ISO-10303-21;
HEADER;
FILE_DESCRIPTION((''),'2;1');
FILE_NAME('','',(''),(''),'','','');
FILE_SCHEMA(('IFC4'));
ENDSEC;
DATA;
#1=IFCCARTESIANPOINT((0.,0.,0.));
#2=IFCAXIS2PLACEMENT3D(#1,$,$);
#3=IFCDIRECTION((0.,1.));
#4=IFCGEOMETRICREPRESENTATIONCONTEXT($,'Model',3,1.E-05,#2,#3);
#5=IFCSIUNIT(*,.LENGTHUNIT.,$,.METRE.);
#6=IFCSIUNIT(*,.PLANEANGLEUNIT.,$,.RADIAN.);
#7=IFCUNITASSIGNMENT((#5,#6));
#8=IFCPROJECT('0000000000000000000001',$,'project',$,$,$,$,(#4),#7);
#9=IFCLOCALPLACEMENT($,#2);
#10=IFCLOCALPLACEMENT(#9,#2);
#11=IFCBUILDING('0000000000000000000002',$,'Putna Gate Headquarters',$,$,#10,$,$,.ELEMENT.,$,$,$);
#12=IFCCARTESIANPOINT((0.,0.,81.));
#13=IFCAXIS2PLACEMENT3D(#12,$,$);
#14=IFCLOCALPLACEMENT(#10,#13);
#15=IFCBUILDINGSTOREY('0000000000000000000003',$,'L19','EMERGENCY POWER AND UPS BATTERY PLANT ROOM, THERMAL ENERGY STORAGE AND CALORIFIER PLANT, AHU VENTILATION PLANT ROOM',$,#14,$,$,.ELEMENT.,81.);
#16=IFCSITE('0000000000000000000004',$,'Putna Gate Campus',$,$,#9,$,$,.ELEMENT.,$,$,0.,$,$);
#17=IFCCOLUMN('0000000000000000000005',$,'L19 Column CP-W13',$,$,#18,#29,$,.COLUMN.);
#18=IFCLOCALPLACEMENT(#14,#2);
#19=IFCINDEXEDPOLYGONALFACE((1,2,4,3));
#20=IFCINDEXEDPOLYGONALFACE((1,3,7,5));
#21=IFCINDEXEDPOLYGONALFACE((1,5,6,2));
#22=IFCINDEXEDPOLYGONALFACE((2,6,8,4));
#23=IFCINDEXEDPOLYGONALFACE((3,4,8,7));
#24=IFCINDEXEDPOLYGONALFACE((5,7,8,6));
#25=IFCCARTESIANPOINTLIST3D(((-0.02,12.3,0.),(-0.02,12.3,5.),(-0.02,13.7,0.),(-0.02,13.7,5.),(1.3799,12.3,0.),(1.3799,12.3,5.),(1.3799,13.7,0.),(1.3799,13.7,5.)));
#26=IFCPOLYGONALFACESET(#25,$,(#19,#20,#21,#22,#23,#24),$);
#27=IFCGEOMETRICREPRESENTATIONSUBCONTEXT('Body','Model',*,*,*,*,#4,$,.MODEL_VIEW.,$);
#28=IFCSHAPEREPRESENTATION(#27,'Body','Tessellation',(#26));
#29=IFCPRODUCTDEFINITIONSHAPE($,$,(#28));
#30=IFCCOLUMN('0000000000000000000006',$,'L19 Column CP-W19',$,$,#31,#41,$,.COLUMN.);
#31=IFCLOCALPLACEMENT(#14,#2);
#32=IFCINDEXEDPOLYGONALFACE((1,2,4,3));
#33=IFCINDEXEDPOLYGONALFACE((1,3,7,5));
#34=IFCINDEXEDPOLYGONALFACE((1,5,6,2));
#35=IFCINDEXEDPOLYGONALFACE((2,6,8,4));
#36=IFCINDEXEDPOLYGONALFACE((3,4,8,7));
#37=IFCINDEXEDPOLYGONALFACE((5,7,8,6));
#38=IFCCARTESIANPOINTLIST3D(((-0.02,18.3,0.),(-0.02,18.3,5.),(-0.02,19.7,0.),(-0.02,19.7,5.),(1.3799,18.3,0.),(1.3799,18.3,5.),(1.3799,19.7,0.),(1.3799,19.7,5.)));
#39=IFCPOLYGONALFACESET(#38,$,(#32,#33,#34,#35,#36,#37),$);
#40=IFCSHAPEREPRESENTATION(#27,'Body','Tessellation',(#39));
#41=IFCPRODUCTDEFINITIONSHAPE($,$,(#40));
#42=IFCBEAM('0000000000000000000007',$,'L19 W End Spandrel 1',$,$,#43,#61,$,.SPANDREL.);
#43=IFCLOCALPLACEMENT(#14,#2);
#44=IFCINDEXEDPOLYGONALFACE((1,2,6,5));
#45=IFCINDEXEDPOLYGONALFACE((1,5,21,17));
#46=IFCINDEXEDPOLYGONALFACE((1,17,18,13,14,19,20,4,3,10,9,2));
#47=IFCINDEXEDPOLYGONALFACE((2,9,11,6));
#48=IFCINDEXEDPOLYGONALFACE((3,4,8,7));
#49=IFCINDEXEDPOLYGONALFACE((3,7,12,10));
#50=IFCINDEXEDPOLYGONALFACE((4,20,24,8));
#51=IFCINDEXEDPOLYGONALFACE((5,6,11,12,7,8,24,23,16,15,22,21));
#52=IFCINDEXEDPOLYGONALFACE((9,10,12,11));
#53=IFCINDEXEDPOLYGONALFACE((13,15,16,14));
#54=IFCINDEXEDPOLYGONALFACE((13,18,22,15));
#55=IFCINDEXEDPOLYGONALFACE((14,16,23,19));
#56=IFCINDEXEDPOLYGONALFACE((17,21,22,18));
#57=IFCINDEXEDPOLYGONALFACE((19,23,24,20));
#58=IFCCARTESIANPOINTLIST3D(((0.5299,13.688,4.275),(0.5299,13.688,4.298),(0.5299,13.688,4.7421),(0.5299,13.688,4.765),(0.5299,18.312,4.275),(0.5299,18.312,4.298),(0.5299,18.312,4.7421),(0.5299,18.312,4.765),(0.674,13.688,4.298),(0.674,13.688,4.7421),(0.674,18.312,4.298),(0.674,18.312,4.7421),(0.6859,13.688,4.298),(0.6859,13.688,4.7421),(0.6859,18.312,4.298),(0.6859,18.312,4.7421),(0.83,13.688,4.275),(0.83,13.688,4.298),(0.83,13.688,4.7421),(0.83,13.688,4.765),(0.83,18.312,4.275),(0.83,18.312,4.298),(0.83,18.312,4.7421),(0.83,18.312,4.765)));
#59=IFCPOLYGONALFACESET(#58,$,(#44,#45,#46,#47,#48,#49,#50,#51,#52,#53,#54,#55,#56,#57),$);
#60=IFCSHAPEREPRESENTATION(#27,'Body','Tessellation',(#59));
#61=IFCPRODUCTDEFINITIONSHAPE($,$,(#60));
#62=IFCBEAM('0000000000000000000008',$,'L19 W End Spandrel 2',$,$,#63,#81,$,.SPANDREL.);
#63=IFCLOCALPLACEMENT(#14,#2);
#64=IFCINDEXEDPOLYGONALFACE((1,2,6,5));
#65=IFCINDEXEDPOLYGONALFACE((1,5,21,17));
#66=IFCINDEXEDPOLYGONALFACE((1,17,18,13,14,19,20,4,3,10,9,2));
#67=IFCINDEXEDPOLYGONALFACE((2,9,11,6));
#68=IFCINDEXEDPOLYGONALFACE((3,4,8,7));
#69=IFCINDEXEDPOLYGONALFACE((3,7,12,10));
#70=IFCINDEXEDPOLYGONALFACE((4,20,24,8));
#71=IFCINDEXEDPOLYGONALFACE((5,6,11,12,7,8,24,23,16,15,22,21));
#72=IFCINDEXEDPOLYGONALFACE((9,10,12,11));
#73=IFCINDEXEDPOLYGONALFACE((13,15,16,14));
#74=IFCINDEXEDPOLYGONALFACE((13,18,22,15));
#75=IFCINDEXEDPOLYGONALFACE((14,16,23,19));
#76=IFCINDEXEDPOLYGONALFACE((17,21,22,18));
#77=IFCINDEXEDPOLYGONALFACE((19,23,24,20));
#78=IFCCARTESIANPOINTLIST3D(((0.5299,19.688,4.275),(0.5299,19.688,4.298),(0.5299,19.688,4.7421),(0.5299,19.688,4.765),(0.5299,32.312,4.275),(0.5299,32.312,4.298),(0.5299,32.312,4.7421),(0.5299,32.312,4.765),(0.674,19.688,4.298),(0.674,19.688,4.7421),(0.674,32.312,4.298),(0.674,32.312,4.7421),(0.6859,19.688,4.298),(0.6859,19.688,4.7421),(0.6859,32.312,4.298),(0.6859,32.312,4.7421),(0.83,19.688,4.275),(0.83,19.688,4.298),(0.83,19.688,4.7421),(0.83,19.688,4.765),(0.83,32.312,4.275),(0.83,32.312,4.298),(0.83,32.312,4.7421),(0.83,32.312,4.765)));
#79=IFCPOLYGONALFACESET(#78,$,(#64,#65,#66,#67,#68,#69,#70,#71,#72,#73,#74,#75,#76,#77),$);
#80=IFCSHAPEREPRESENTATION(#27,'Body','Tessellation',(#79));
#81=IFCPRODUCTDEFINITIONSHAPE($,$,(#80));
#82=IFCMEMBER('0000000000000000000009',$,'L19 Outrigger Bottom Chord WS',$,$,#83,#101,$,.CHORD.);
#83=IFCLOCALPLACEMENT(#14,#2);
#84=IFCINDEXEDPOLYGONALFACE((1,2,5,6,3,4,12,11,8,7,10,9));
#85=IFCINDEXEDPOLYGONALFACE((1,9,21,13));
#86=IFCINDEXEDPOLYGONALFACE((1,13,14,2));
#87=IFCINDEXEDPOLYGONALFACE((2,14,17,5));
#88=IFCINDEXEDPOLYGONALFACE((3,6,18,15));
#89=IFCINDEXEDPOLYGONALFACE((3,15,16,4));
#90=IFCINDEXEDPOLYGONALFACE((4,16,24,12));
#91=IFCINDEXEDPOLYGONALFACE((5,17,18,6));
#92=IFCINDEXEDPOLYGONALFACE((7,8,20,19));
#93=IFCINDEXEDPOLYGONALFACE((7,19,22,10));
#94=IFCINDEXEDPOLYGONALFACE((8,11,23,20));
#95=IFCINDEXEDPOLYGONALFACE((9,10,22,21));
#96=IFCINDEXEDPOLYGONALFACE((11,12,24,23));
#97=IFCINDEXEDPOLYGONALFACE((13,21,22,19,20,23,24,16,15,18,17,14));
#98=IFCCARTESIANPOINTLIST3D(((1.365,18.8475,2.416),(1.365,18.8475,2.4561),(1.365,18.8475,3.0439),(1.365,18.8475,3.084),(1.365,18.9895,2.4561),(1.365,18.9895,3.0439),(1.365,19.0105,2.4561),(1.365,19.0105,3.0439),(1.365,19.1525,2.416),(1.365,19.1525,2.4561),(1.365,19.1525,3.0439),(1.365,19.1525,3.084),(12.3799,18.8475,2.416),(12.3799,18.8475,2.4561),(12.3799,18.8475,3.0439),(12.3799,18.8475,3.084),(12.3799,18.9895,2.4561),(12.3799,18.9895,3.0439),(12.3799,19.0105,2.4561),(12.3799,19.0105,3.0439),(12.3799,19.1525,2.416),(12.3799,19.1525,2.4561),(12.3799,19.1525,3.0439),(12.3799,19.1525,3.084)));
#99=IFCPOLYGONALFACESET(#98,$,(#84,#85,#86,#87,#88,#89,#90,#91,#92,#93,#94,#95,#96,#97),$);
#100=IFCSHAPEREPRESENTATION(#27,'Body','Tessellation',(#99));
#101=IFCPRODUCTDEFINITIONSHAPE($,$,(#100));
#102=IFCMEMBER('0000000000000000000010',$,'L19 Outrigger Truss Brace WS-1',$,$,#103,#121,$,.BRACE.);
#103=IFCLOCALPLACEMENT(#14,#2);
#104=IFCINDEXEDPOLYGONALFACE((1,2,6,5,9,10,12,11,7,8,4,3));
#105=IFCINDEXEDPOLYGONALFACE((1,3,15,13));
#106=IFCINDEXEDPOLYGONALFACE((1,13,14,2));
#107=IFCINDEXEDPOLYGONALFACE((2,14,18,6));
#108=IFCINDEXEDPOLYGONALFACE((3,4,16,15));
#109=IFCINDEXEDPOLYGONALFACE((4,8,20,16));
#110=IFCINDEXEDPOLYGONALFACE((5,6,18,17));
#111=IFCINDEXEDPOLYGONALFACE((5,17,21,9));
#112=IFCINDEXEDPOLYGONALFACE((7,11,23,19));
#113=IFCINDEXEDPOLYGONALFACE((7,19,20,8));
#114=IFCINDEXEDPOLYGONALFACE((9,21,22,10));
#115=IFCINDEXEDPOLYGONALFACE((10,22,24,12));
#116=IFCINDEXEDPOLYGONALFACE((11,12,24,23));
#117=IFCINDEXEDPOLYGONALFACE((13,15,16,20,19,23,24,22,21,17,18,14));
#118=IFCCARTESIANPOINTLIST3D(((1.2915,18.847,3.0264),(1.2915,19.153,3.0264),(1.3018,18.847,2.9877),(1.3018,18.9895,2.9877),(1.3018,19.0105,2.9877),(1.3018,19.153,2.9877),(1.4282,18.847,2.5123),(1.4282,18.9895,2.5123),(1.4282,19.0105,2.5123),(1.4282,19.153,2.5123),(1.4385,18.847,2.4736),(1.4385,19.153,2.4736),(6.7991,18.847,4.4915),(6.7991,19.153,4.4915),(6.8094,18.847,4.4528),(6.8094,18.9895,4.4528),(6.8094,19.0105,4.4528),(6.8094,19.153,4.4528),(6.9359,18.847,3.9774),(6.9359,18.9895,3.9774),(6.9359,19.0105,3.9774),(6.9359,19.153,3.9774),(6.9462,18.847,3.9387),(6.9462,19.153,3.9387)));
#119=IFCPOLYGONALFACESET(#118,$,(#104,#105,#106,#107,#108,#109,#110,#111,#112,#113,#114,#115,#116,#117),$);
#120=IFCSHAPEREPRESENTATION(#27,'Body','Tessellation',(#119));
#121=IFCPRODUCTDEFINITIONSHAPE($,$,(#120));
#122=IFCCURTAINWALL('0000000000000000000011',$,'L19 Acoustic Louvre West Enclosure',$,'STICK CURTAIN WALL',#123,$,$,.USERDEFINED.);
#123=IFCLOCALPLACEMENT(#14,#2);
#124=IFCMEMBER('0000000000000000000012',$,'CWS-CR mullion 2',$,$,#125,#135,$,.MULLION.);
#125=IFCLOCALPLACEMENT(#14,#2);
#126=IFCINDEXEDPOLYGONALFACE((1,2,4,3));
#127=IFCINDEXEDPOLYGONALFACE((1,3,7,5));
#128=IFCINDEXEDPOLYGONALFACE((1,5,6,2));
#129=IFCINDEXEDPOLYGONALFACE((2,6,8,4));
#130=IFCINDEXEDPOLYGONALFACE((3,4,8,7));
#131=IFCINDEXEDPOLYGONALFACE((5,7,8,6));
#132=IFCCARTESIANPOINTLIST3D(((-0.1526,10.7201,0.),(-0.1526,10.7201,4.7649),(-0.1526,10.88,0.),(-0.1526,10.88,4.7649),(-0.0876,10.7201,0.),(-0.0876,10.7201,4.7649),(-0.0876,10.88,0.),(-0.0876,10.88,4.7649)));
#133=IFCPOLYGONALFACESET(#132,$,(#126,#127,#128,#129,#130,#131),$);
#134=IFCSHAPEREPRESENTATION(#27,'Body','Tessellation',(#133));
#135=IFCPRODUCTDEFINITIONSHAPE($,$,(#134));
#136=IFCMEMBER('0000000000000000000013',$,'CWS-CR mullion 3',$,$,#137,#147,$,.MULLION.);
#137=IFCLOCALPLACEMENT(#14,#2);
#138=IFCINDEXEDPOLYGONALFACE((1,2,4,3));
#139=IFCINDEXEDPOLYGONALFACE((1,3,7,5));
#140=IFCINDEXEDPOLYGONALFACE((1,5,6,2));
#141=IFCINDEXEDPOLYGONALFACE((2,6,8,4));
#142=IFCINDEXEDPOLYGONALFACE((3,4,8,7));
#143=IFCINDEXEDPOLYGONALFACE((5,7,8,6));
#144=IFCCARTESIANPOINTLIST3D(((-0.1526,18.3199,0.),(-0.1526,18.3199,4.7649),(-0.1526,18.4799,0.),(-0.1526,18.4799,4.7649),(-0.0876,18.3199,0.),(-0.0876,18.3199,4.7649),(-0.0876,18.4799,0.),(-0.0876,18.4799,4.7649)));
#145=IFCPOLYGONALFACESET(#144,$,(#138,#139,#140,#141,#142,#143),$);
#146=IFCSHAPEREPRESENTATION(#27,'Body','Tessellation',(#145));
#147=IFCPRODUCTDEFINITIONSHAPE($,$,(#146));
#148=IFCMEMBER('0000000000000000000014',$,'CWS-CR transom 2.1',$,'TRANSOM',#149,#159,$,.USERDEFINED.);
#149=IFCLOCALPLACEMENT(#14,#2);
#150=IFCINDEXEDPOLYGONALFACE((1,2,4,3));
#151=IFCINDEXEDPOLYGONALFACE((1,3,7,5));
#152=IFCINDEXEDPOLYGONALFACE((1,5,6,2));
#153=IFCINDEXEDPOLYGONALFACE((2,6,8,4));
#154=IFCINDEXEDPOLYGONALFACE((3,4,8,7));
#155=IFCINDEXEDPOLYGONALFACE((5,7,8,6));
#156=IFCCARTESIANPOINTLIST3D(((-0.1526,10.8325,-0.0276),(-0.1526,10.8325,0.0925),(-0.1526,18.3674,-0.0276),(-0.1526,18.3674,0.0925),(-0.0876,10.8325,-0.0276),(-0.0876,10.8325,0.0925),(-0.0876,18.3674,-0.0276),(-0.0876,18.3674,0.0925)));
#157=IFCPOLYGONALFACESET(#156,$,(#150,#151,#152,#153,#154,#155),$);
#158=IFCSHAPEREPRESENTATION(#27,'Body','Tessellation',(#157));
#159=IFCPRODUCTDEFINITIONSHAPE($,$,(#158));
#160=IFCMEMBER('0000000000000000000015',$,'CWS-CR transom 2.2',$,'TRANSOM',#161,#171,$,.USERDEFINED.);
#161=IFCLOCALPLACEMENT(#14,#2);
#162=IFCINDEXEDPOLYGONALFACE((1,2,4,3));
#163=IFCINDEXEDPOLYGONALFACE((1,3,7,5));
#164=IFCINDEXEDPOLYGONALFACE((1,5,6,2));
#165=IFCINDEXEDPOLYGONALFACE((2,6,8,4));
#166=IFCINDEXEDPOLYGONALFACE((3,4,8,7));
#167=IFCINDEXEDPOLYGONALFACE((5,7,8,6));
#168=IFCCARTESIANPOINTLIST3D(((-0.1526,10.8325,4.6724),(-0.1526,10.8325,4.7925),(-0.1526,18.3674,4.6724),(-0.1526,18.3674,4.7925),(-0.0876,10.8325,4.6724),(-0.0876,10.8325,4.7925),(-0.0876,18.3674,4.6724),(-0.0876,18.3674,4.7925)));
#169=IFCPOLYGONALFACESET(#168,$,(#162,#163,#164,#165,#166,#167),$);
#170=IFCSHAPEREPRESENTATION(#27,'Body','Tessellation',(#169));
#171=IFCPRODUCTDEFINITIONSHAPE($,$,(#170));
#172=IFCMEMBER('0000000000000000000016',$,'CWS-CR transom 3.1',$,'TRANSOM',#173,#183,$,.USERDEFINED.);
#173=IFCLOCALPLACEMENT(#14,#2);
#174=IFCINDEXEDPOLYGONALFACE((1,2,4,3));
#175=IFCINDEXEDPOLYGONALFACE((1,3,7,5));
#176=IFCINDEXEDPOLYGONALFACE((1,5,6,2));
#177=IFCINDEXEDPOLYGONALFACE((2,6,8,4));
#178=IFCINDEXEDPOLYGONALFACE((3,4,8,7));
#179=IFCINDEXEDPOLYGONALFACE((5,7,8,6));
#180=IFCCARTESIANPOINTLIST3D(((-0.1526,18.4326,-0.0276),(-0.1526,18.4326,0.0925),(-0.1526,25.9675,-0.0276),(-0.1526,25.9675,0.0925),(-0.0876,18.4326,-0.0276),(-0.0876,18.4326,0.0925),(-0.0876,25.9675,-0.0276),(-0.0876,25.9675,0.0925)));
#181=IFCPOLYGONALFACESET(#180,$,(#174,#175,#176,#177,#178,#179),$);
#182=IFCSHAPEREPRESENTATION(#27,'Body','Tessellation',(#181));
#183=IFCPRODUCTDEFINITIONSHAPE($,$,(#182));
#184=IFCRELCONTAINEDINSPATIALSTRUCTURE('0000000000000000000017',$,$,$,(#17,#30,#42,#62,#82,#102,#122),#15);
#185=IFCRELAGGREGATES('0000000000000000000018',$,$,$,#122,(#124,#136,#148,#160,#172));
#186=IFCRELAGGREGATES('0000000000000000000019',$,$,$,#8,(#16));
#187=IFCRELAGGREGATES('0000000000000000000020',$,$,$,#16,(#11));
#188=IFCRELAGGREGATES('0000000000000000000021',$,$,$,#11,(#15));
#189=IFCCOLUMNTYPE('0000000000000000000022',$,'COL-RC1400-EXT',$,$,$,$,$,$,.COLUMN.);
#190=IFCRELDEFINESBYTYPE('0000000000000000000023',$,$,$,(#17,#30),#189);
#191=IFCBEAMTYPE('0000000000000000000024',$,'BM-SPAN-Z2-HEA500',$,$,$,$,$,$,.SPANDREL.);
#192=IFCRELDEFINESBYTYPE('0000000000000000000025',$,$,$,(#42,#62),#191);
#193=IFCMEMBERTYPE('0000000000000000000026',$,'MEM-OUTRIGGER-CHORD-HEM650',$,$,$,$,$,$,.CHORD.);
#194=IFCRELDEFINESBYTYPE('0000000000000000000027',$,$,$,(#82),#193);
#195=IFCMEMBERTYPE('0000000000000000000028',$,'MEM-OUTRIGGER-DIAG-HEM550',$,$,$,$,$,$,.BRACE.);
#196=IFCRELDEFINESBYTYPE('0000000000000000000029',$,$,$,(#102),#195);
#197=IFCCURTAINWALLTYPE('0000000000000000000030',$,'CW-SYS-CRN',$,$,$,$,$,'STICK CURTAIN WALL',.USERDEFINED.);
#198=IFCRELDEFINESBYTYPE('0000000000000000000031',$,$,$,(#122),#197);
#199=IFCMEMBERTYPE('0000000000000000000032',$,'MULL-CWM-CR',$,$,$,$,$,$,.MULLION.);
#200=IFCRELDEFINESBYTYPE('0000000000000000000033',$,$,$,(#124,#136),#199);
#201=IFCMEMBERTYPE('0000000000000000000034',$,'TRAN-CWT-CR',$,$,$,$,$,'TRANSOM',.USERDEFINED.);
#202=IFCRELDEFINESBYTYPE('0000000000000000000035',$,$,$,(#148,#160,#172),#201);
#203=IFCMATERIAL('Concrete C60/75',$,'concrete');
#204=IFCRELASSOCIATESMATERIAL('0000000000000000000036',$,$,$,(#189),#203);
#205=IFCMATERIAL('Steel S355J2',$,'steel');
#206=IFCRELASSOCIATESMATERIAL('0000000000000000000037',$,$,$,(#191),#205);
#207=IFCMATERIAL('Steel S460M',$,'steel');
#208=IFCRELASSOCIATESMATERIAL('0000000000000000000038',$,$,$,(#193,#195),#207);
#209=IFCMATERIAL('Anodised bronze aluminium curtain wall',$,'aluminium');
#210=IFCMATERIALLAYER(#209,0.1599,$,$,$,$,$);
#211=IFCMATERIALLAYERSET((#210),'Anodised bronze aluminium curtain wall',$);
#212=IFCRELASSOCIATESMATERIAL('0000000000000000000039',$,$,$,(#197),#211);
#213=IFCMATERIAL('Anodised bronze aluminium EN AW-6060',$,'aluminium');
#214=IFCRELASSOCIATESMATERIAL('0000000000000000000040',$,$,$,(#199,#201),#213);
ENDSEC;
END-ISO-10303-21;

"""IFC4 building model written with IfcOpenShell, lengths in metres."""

from ifc_helpers import new_model, si_unit, direction, frame, origin, origin_2d, place, context, subcontext, project, spatial, rectangle, i_section, extrude, material, layer, layer_set, material_profile, profile_set, type_object, element, aggregate, save


model = new_model("IFC4")

# Units and contexts
model_context = context("Model", 3, precision=1e-05, world=origin(), true_north=direction((0.0, 1.0)))
body_context = subcontext(model_context, "Body", "Model", "MODEL_VIEW")
ifc_project = project(units=[si_unit("LENGTHUNIT", "METRE"), si_unit("PLANEANGLEUNIT", "RADIAN")], contexts=[model_context])

# Site, building, storey
site_placement = place(None, origin())
site = spatial("IfcSite", under=ifc_project, at=site_placement, Name="Putna Gate Campus", CompositionType="ELEMENT", RefElevation=0.0)
building_placement = place(site_placement, origin())
building = spatial("IfcBuilding", under=site, at=building_placement, Name="Putna Gate Headquarters", CompositionType="ELEMENT")
storey_placement = place(building_placement, frame((0.0, 0.0, 81.0)))
storey = spatial("IfcBuildingStorey", under=building, at=storey_placement, Name="L19", Description="EMERGENCY POWER AND UPS BATTERY PLANT ROOM, THERMAL ENERGY STORAGE AND CALORIFIER PLANT, AHU VENTILATION PLANT ROOM", CompositionType="ELEMENT", Elevation=81.0)

# Columns
ifc_material_1 = material(Name="Concrete C60/75", Category="concrete")
ifc_material_profile_1 = material_profile(ifc_material_1, rectangle(XDim=1.3999, YDim=1.3999, at=origin_2d()), Name="Concrete C60/75")
ifc_profile_set_1 = profile_set([ifc_material_profile_1], Name="Concrete C60/75")
column_type = type_object("IfcColumnType", Name="COL-RC1400-EXT", PredefinedType="COLUMN", material=ifc_profile_set_1)
for number, where, z_axis, x_axis, name in (
    (1, (0.6799, 13.0, 0.0), (0.0, 0.0, 1.0), (1.0, 0.0, 0.0), "L19 Column CP-W13"),
    (2, (0.6799, 19.0, 0.0), (0.0, 0.0, 1.0), (1.0, 0.0, 0.0), "L19 Column CP-W19"),
):
    element("IfcColumn", number, at=place(storey_placement, frame(where, z_axis=z_axis, x_axis=x_axis)), inside=storey, type_object=column_type, Name=name, PredefinedType="COLUMN", context=body_context, shape_type="SweptSolid", body=[
        extrude(rectangle(XDim=1.3999, YDim=1.3999, at=origin_2d()), origin(), (0.0, 0.0, 1.0), 5.0),
    ])

# Beams
ifc_material_2 = material(Name="Steel S355J2", Category="steel")
ifc_material_profile_2 = material_profile(ifc_material_2, i_section(OverallWidth=0.3, OverallDepth=0.49, WebThickness=0.012, FlangeThickness=0.0229, at=origin_2d()), Name="Steel S355J2")
ifc_profile_set_2 = profile_set([ifc_material_profile_2], Name="Steel S355J2")
beam_type = type_object("IfcBeamType", Name="BM-SPAN-Z2-HEA500", PredefinedType="SPANDREL", material=ifc_profile_set_2)
beam_1_placement = place(storey_placement, frame((0.6799, 13.688, 4.52), z_axis=(0.0, 1.0, 0.0), x_axis=(-1.0, 0.0, 0.0)))
element("IfcBeam", 3, at=beam_1_placement, inside=storey, type_object=beam_type, Name="L19 W End Spandrel 1", PredefinedType="SPANDREL", context=body_context, shape_type="SweptSolid", body=[
    extrude(i_section(OverallWidth=0.3, OverallDepth=0.49, WebThickness=0.012, FlangeThickness=0.0229, at=origin_2d()), origin(), (0.0, 0.0, 1.0), 4.624),
])
beam_2_placement = place(storey_placement, frame((0.6799, 19.688, 4.52), z_axis=(0.0, 1.0, 0.0), x_axis=(-1.0, 0.0, 0.0)))
element("IfcBeam", 4, at=beam_2_placement, inside=storey, type_object=beam_type, Name="L19 W End Spandrel 2", PredefinedType="SPANDREL", context=body_context, shape_type="SweptSolid", body=[
    extrude(i_section(OverallWidth=0.3, OverallDepth=0.49, WebThickness=0.012, FlangeThickness=0.0229, at=origin_2d()), origin(), (0.0, 0.0, 1.0), 12.624),
])

# Members
ifc_material_3 = material(Name="Steel S460M", Category="steel")
ifc_material_profile_3 = material_profile(ifc_material_3, i_section(OverallWidth=0.3049, OverallDepth=0.668, WebThickness=0.021, FlangeThickness=0.04, at=origin_2d()), Name="Steel S460M")
ifc_profile_set_3 = profile_set([ifc_material_profile_3], Name="Steel S460M")
member_type_1 = type_object("IfcMemberType", Name="MEM-OUTRIGGER-CHORD-HEM650", PredefinedType="CHORD", material=ifc_profile_set_3)
member_1_placement = place(storey_placement, frame((1.365, 19.0, 2.75), z_axis=(1.0, 0.0, 0.0), x_axis=(0.0, 1.0, 0.0)))
element("IfcMember", 5, at=member_1_placement, inside=storey, type_object=member_type_1, Name="L19 Outrigger Bottom Chord WS", PredefinedType="CHORD", context=body_context, shape_type="SweptSolid", body=[
    extrude(i_section(OverallWidth=0.3049, OverallDepth=0.668, WebThickness=0.021, FlangeThickness=0.04, at=origin_2d()), origin(), (0.0, 0.0, 1.0), 11.0149),
])
ifc_material_profile_4 = material_profile(ifc_material_3, i_section(OverallWidth=0.3059, OverallDepth=0.572, WebThickness=0.021, FlangeThickness=0.04, at=origin_2d()), Name="Steel S460M")
ifc_profile_set_4 = profile_set([ifc_material_profile_4], Name="Steel S460M")
member_type_2 = type_object("IfcMemberType", Name="MEM-OUTRIGGER-DIAG-HEM550", PredefinedType="BRACE", material=ifc_profile_set_4)
member_2_placement = place(storey_placement, frame((1.365, 19.0, 2.75), z_axis=(0.966392, 0.0, 0.257073), x_axis=(0.0, 1.0, 0.0)))
element("IfcMember", 6, at=member_2_placement, inside=storey, type_object=member_type_2, Name="L19 Outrigger Truss Brace WS-1", PredefinedType="BRACE", context=body_context, shape_type="SweptSolid", body=[
    extrude(i_section(OverallWidth=0.3059, OverallDepth=0.572, WebThickness=0.021, FlangeThickness=0.04, at=origin_2d()), origin(), (0.0, 0.0, 1.0), 5.6992),
])

# Curtain wall, members
ifc_material_4 = material(Name="Anodised bronze aluminium curtain wall", Category="aluminium")
ifc_layer_1 = layer(ifc_material_4, 0.1599)
ifc_layer_set_1 = layer_set([ifc_layer_1], Name="Anodised bronze aluminium curtain wall")
curtain_wall_type = type_object("IfcCurtainWallType", Name="CW-SYS-CRN", ElementType="STICK CURTAIN WALL", PredefinedType="USERDEFINED", material=ifc_layer_set_1)
curtain_wall_placement = place(storey_placement, origin())
curtain_wall = element("IfcCurtainWall", 7, at=curtain_wall_placement, inside=storey, type_object=curtain_wall_type, Name="L19 Acoustic Louvre West Enclosure", ObjectType="STICK CURTAIN WALL", PredefinedType="USERDEFINED")
ifc_material_5 = material(Name="Anodised bronze aluminium EN AW-6060", Category="aluminium")
ifc_material_profile_5 = material_profile(ifc_material_5, rectangle(XDim=0.0649, YDim=0.1599, at=origin_2d()), Name="Anodised bronze aluminium EN AW-6060")
ifc_profile_set_5 = profile_set([ifc_material_profile_5], Name="Anodised bronze aluminium EN AW-6060")
member_type_3 = type_object("IfcMemberType", Name="MULL-CWM-CR", PredefinedType="MULLION", material=ifc_profile_set_5)
member_3_placement = place(storey_placement, frame((-0.1201, 10.8, 0.0), z_axis=(0.0, 0.0, 1.0), x_axis=(-1.0, 0.0, 0.0)))
member_3 = element("IfcMember", 8, at=member_3_placement, type_object=member_type_3, Name="CWS-CR mullion 2", PredefinedType="MULLION", context=body_context, shape_type="SweptSolid", body=[
    extrude(rectangle(XDim=0.0649, YDim=0.1599, at=origin_2d()), origin(), (0.0, 0.0, 1.0), 4.7649),
])
member_4_placement = place(storey_placement, frame((-0.1201, 18.3999, 0.0), z_axis=(0.0, 0.0, 1.0), x_axis=(-1.0, 0.0, 0.0)))
member_4 = element("IfcMember", 9, at=member_4_placement, type_object=member_type_3, Name="CWS-CR mullion 3", PredefinedType="MULLION", context=body_context, shape_type="SweptSolid", body=[
    extrude(rectangle(XDim=0.0649, YDim=0.1599, at=origin_2d()), origin(), (0.0, 0.0, 1.0), 4.7649),
])
ifc_material_profile_6 = material_profile(ifc_material_5, rectangle(XDim=0.0649, YDim=0.1201, at=origin_2d()), Name="Anodised bronze aluminium EN AW-6060")
ifc_profile_set_6 = profile_set([ifc_material_profile_6], Name="Anodised bronze aluminium EN AW-6060")
member_type_4 = type_object("IfcMemberType", Name="TRAN-CWT-CR", ElementType="TRANSOM", PredefinedType="USERDEFINED", material=ifc_profile_set_6)
member_5_placement = place(storey_placement, frame((-0.1201, 10.8325, 0.0325), z_axis=(0.0, 1.0, 0.0), x_axis=(-1.0, 0.0, 0.0)))
member_5 = element("IfcMember", 10, at=member_5_placement, type_object=member_type_4, Name="CWS-CR transom 2.1", ObjectType="TRANSOM", PredefinedType="USERDEFINED", context=body_context, shape_type="SweptSolid", body=[
    extrude(rectangle(XDim=0.0649, YDim=0.1201, at=origin_2d()), origin(), (0.0, 0.0, 1.0), 7.5349),
])
member_6_placement = place(storey_placement, frame((-0.1201, 10.8325, 4.7324), z_axis=(0.0, 1.0, 0.0), x_axis=(-1.0, 0.0, 0.0)))
member_6 = element("IfcMember", 11, at=member_6_placement, type_object=member_type_4, Name="CWS-CR transom 2.2", ObjectType="TRANSOM", PredefinedType="USERDEFINED", context=body_context, shape_type="SweptSolid", body=[
    extrude(rectangle(XDim=0.0649, YDim=0.1201, at=origin_2d()), origin(), (0.0, 0.0, 1.0), 7.5349),
])
member_7_placement = place(storey_placement, frame((-0.1201, 18.4326, 0.0325), z_axis=(0.0, 1.0, 0.0), x_axis=(-1.0, 0.0, 0.0)))
member_7 = element("IfcMember", 12, at=member_7_placement, type_object=member_type_4, Name="CWS-CR transom 3.1", ObjectType="TRANSOM", PredefinedType="USERDEFINED", context=body_context, shape_type="SweptSolid", body=[
    extrude(rectangle(XDim=0.0649, YDim=0.1201, at=origin_2d()), origin(), (0.0, 0.0, 1.0), 7.5349),
])
aggregate(curtain_wall, [member_3, member_4, member_5, member_6, member_7])

save(model, "model.ifc")
